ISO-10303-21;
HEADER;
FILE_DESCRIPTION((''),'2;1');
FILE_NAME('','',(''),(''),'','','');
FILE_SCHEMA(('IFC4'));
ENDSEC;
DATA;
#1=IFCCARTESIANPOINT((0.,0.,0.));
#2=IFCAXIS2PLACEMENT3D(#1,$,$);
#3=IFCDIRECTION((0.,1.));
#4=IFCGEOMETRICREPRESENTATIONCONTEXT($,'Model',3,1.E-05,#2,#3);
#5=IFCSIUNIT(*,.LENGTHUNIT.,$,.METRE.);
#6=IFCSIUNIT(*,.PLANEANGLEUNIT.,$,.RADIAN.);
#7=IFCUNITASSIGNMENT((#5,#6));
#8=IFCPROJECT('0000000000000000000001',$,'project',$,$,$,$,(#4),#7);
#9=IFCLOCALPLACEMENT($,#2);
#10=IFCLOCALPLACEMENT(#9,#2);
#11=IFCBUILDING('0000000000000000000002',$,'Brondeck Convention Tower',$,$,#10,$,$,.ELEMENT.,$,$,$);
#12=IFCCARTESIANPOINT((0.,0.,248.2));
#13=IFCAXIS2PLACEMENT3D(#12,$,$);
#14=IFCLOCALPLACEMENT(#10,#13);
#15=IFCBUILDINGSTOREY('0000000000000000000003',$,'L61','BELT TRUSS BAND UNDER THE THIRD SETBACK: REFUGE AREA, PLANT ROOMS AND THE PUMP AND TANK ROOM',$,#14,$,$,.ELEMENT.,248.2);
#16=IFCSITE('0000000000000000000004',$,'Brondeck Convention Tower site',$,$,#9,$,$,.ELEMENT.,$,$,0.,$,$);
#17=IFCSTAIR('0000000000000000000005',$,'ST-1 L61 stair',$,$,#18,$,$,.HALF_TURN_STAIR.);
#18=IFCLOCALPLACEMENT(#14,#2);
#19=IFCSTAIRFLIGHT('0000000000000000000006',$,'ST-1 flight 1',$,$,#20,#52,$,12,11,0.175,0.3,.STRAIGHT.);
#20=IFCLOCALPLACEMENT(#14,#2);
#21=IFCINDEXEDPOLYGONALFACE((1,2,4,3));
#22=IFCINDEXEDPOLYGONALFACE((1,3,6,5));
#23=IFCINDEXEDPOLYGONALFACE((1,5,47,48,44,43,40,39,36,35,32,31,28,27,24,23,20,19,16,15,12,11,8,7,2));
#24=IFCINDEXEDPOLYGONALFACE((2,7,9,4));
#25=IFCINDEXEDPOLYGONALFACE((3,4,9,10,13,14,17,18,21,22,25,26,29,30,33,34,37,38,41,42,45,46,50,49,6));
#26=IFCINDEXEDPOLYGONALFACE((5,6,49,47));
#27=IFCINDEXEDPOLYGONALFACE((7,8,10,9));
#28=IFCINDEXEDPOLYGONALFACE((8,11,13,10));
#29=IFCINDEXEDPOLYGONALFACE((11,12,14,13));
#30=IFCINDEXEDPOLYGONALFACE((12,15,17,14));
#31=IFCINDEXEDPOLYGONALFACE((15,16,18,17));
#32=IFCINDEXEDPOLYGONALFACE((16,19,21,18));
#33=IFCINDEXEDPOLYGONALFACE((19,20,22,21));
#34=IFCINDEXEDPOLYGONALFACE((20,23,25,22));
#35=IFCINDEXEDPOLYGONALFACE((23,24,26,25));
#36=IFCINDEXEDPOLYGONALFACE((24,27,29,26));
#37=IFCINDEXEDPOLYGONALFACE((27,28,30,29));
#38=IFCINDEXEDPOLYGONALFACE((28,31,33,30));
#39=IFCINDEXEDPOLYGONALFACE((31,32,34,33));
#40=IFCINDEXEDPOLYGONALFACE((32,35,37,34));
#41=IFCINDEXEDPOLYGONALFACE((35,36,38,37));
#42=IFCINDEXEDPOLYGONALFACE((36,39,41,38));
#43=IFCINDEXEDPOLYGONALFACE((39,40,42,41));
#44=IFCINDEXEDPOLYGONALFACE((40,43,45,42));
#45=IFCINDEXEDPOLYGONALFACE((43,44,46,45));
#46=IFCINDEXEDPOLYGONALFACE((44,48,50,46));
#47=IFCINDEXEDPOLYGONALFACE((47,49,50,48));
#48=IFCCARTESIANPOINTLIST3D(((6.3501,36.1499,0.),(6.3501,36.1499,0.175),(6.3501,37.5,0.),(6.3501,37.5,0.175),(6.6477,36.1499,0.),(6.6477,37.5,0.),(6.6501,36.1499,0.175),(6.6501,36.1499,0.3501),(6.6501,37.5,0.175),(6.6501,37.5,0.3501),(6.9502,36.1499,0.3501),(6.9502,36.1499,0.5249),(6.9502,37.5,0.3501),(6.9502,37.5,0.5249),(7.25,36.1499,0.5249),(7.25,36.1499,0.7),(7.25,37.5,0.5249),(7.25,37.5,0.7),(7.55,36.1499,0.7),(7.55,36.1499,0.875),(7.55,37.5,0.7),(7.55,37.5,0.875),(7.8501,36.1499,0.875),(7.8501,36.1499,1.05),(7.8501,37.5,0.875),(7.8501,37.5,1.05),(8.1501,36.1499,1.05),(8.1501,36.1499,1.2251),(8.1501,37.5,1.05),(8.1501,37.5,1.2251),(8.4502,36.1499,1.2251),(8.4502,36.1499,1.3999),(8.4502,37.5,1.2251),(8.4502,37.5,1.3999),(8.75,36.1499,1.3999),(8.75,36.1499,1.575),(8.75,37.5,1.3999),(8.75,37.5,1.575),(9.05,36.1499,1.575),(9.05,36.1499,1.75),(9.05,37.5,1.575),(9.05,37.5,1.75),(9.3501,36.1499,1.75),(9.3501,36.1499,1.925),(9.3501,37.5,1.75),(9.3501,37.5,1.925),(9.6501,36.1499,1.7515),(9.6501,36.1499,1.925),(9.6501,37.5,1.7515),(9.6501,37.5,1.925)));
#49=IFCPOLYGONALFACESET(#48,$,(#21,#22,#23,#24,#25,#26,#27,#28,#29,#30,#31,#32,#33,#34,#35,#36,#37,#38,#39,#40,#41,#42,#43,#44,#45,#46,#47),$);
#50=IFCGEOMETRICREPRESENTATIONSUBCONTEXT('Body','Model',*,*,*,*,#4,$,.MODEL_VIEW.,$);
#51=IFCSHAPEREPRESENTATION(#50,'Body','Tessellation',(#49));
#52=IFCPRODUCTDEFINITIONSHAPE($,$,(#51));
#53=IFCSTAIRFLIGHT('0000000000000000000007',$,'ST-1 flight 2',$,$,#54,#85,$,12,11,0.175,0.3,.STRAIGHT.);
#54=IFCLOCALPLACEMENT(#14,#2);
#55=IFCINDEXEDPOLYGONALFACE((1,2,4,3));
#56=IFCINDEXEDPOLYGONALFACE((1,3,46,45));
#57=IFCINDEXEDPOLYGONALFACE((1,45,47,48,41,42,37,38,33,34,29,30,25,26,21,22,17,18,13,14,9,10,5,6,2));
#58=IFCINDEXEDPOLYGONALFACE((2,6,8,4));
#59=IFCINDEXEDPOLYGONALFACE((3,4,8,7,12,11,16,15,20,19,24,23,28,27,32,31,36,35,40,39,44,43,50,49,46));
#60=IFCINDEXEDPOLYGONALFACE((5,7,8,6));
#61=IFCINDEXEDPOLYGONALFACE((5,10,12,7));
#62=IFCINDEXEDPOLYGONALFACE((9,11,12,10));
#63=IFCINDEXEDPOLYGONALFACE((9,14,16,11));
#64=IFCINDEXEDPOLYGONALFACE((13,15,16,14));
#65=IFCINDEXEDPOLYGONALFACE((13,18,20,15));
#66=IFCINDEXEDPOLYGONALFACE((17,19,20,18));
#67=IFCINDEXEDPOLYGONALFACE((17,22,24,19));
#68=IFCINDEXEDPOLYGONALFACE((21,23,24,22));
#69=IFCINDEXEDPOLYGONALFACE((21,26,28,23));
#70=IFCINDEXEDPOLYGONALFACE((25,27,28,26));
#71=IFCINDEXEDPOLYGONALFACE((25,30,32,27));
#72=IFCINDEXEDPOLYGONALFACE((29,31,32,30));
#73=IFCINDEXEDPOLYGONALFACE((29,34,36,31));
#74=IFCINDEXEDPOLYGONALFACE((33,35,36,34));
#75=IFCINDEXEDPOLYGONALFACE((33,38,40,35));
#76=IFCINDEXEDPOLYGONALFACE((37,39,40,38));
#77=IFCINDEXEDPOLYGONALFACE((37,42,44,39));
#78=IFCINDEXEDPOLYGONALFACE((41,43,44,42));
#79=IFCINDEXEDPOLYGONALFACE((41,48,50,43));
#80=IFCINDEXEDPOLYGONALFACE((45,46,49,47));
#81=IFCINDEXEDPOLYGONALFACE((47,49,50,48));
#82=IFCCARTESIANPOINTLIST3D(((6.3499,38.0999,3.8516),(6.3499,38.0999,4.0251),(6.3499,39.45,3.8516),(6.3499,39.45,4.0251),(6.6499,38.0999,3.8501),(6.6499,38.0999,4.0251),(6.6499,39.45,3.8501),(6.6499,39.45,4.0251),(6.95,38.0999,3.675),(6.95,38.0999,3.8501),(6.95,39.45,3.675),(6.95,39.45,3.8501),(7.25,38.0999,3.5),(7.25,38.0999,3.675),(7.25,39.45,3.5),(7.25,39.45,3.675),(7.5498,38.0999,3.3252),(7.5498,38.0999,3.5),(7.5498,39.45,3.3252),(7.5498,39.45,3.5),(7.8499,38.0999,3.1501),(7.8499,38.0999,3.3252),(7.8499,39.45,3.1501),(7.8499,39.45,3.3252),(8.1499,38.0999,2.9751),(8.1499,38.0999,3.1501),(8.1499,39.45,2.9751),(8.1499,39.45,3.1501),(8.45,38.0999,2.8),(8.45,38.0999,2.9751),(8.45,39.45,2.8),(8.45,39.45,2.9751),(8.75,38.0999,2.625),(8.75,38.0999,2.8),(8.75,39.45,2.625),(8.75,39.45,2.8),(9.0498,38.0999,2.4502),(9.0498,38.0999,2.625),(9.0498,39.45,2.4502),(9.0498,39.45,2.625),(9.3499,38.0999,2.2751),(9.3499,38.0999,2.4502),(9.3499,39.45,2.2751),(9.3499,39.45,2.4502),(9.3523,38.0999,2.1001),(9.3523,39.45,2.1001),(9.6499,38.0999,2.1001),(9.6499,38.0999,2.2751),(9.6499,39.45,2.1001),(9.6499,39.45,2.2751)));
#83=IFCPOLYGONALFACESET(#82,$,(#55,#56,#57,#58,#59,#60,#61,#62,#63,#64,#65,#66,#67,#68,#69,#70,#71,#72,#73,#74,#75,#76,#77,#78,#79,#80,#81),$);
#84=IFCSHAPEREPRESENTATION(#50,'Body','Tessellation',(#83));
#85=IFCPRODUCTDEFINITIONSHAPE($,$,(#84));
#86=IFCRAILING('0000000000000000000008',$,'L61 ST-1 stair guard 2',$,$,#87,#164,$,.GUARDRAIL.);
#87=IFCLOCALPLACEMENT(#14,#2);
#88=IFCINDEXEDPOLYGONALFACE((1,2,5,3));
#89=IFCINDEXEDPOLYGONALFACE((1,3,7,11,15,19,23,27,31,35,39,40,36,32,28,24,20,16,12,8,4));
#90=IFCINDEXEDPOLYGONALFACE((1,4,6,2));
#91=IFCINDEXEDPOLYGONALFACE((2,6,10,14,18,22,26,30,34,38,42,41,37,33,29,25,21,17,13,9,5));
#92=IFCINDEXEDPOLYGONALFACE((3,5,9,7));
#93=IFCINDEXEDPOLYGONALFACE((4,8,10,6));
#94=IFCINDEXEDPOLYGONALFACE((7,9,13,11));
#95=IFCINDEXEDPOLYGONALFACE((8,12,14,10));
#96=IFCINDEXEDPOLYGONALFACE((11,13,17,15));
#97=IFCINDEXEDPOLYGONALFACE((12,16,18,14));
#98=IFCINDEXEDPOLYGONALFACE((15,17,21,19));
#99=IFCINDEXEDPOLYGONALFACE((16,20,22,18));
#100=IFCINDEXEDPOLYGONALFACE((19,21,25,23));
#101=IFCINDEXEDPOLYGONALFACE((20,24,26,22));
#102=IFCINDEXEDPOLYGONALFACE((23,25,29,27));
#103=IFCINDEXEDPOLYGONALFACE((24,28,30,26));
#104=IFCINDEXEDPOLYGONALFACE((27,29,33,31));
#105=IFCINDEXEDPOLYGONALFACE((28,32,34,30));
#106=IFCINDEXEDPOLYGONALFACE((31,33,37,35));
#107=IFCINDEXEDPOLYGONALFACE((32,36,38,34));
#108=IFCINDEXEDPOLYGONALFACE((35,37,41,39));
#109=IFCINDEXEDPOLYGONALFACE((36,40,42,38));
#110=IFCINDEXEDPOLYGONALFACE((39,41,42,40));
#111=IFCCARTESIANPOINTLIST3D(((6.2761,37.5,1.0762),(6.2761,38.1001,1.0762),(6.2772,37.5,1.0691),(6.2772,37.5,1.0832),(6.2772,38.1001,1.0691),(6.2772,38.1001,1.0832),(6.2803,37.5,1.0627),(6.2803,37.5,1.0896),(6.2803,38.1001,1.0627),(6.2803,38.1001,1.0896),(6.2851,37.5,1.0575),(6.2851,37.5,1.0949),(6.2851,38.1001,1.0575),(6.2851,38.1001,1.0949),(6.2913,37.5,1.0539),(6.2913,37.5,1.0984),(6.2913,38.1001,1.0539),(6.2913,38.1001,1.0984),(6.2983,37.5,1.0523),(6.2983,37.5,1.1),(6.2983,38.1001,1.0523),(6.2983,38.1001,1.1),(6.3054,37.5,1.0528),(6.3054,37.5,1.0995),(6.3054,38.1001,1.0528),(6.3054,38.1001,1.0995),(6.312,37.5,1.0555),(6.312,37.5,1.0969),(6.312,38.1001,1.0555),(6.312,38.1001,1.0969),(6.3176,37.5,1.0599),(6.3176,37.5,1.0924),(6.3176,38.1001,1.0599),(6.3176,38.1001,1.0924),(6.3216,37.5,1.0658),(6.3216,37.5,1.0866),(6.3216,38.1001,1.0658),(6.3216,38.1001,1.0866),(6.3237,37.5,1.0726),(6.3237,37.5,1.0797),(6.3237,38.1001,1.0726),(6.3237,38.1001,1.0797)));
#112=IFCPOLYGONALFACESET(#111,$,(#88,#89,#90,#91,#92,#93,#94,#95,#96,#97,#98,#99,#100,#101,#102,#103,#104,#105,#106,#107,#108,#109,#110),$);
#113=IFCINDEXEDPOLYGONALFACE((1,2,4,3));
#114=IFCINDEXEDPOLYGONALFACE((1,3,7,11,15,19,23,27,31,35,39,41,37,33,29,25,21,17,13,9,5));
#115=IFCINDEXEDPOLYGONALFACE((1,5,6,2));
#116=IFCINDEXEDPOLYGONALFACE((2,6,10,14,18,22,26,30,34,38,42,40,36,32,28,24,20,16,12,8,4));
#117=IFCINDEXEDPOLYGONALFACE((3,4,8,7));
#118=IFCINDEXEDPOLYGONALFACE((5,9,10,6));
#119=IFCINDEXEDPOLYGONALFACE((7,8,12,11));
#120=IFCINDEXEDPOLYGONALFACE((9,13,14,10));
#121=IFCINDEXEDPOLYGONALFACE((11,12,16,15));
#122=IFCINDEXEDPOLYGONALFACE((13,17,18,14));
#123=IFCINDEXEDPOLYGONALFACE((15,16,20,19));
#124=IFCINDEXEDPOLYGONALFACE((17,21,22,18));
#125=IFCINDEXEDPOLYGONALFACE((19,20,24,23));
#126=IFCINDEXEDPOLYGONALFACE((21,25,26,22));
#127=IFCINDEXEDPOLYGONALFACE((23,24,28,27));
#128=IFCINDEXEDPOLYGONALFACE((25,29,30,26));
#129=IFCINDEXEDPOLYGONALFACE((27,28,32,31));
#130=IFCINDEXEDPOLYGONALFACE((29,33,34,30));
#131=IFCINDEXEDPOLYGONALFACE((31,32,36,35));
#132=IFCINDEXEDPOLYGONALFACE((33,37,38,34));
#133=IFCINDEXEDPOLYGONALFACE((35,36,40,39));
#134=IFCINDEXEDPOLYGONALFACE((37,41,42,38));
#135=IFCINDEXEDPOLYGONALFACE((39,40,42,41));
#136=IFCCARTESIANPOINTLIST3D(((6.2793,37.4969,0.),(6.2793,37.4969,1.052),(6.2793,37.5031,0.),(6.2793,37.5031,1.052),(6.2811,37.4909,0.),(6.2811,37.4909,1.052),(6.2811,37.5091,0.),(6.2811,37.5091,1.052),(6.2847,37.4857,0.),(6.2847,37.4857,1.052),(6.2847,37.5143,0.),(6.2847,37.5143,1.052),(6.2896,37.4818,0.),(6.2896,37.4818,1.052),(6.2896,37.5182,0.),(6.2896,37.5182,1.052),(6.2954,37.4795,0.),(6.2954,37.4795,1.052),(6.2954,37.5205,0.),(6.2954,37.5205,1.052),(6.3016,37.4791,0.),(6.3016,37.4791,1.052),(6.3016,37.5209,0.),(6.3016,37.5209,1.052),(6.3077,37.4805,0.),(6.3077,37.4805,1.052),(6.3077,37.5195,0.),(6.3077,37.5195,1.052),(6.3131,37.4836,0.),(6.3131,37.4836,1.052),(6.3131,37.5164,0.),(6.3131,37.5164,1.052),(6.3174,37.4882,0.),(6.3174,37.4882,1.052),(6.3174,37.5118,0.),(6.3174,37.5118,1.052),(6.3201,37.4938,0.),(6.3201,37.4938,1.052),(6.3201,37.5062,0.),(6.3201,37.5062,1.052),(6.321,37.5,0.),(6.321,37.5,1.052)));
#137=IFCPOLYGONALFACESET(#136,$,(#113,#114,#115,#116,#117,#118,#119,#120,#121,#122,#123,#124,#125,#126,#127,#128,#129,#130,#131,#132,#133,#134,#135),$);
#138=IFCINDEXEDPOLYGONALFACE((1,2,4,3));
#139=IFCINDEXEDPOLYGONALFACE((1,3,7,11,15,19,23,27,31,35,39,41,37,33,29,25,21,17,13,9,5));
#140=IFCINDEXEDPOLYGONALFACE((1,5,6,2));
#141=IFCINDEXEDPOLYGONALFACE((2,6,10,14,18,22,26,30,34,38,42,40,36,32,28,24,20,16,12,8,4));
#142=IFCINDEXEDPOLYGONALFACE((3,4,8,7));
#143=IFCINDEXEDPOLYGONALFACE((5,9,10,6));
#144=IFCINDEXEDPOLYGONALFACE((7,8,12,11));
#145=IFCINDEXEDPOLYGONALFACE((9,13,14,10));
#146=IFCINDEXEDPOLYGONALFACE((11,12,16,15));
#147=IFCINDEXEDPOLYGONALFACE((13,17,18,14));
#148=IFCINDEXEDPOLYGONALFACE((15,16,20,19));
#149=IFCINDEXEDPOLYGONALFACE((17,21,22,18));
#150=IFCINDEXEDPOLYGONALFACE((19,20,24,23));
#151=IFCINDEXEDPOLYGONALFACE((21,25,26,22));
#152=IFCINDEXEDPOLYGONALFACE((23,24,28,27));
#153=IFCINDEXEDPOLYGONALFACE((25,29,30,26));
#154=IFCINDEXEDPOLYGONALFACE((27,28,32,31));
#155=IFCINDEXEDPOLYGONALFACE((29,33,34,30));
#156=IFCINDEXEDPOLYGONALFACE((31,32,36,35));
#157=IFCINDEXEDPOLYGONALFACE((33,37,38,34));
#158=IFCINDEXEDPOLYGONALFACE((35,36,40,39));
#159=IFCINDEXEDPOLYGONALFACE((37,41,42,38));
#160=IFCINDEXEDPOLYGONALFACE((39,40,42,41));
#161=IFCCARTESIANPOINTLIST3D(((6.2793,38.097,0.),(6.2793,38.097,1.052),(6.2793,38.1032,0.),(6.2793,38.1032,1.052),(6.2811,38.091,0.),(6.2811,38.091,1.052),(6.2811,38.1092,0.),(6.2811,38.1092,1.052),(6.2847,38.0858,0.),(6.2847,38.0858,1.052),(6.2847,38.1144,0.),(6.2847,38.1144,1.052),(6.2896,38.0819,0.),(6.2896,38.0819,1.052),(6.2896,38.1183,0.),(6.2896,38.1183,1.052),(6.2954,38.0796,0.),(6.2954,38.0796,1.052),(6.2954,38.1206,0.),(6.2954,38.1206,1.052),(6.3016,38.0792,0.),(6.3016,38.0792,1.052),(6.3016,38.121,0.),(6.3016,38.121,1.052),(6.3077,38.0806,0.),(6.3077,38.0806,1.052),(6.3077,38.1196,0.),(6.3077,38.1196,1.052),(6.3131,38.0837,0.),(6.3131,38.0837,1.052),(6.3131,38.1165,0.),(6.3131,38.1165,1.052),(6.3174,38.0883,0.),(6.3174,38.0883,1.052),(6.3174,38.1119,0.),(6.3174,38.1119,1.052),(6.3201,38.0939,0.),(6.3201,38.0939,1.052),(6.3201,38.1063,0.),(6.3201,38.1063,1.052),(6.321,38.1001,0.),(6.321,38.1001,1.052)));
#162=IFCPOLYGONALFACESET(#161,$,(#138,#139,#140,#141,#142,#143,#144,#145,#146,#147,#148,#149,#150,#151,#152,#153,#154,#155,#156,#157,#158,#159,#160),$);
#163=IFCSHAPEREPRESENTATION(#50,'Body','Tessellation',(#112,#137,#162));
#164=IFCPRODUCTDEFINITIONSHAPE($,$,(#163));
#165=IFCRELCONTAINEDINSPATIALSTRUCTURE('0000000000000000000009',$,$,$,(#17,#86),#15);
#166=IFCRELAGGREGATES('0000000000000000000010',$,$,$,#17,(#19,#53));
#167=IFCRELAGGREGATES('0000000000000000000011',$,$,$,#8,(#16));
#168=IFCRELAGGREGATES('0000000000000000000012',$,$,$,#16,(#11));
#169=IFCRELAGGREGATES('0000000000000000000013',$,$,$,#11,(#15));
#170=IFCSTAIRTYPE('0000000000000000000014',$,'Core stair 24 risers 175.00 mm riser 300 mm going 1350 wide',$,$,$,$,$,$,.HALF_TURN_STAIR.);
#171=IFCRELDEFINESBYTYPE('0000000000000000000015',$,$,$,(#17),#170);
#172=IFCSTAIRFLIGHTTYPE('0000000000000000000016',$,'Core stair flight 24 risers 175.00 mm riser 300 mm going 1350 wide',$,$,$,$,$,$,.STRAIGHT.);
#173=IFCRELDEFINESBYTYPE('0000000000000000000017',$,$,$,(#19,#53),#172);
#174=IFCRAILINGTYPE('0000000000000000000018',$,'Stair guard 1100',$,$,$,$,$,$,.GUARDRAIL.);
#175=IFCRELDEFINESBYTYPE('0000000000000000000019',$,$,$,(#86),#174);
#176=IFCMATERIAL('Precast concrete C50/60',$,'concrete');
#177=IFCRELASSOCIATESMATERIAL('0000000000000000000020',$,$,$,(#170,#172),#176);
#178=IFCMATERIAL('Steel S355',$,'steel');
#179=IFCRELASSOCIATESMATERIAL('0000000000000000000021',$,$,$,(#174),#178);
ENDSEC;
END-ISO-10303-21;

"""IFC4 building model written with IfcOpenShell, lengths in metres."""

from ifc_helpers import new_model, si_unit, direction, frame, origin, origin_2d, place, context, subcontext, project, spatial, polyline, circle, outline, extrude, material, type_object, element, aggregate, save


model = new_model("IFC4")

# Units and contexts
model_context = context("Model", 3, precision=1e-05, world=origin(), true_north=direction((0.0, 1.0)))
body_context = subcontext(model_context, "Body", "Model", "MODEL_VIEW")
ifc_project = project(units=[si_unit("LENGTHUNIT", "METRE"), si_unit("PLANEANGLEUNIT", "RADIAN")], contexts=[model_context])

# Site, building, storey
site_placement = place(None, origin())
site = spatial("IfcSite", under=ifc_project, at=site_placement, Name="Brondeck Convention Tower site", CompositionType="ELEMENT", RefElevation=0.0)
building_placement = place(site_placement, origin())
building = spatial("IfcBuilding", under=site, at=building_placement, Name="Brondeck Convention Tower", CompositionType="ELEMENT")
storey_placement = place(building_placement, frame((0.0, 0.0, 248.2)))
storey = spatial("IfcBuildingStorey", under=building, at=storey_placement, Name="L61", Description="BELT TRUSS BAND UNDER THE THIRD SETBACK: REFUGE AREA, PLANT ROOMS AND THE PUMP AND TANK ROOM", CompositionType="ELEMENT", Elevation=248.2)

# Stair, stair flights
ifc_material_1 = material(Name="Precast concrete C50/60", Category="concrete")
stair_type = type_object("IfcStairType", Name="Core stair 24 risers 175.00 mm riser 300 mm going 1350 wide", PredefinedType="HALF_TURN_STAIR", material=ifc_material_1)
stair_placement = place(storey_placement, origin())
stair = element("IfcStair", 1, at=stair_placement, inside=storey, type_object=stair_type, Name="ST-1 L61 stair", PredefinedType="HALF_TURN_STAIR")
stair_flight_type = type_object("IfcStairFlightType", Name="Core stair flight 24 risers 175.00 mm riser 300 mm going 1350 wide", PredefinedType="STRAIGHT", material=ifc_material_1)
stair_flight_1_placement = place(storey_placement, frame((6.3501, 36.825, 0.0), z_axis=(0.0, 0.0, 1.0), x_axis=(1.0, 0.0, 0.0)))
stair_flight_1 = element("IfcStairFlight", 2, at=stair_flight_1_placement, type_object=stair_flight_type, Name="ST-1 flight 1", NumberOfRisers=12, NumberOfTreads=11, PredefinedType="STRAIGHT", RiserHeight=0.175, TreadLength=0.3, context=body_context, shape_type="SweptSolid", body=[
    extrude(outline(polyline([(0.0, 0.0), (0.0, 0.175), (0.3, 0.175), (0.3, 0.3501), (0.6001, 0.3501), (0.6001, 0.5249), (0.8999, 0.5249), (0.8999, 0.7), (1.2, 0.7), (1.2, 0.875), (1.5, 0.875), (1.5, 1.05), (1.8, 1.05), (1.8, 1.2251), (2.1001, 1.2251), (2.1001, 1.3999), (2.3999, 1.3999), (2.3999, 1.575), (2.7, 1.575), (2.7, 1.75), (3.0, 1.75), (3.0, 1.925), (3.3, 1.925), (3.3, 2.1001), (3.3, 1.7515), (0.2976, 0.0), (0.0, 0.0)])), frame((0.0, 0.675, 0.0), z_axis=(0.0, -1.0, 0.0), x_axis=(1.0, 0.0, 0.0)), (0.0, 0.0, 1.0), 1.3501),
])
stair_flight_2_placement = place(storey_placement, frame((9.6499, 38.7749, 2.1001), z_axis=(0.0, 0.0, 1.0), x_axis=(-1.0, 0.0, 0.0)))
stair_flight_2 = element("IfcStairFlight", 3, at=stair_flight_2_placement, type_object=stair_flight_type, Name="ST-1 flight 2", NumberOfRisers=12, NumberOfTreads=11, PredefinedType="STRAIGHT", RiserHeight=0.175, TreadLength=0.3, context=body_context, shape_type="SweptSolid", body=[
    extrude(outline(polyline([(0.0, 0.0), (0.0, 0.175), (0.3, 0.175), (0.3, 0.3501), (0.6001, 0.3501), (0.6001, 0.5249), (0.8999, 0.5249), (0.8999, 0.7), (1.2, 0.7), (1.2, 0.875), (1.5, 0.875), (1.5, 1.05), (1.8, 1.05), (1.8, 1.2251), (2.1001, 1.2251), (2.1001, 1.3999), (2.3999, 1.3999), (2.3999, 1.575), (2.7, 1.575), (2.7, 1.75), (3.0, 1.75), (3.0, 1.925), (3.3, 1.925), (3.3, 2.1001), (3.3, 1.7515), (0.2976, 0.0), (0.0, 0.0)])), frame((0.0, 0.675, 0.0), z_axis=(0.0, -1.0, 0.0), x_axis=(1.0, 0.0, 0.0)), (0.0, 0.0, 1.0), 1.3501),
])
aggregate(stair, [stair_flight_1, stair_flight_2])

# Railing
ifc_material_2 = material(Name="Steel S355", Category="steel")
railing_type_1 = type_object("IfcRailingType", Name="Stair guard 1100", PredefinedType="GUARDRAIL", material=ifc_material_2)
railing_1_placement = place(storey_placement, frame((6.3, 37.5, 0.0)))
element("IfcRailing", 4, at=railing_1_placement, inside=storey, type_object=railing_type_1, Name="L61 ST-1 stair guard 2", PredefinedType="GUARDRAIL", context=body_context, shape_type="SweptSolid", body=[
    extrude(circle(Radius=0.0239, at=origin_2d()), frame((0.0, 0.0, 1.0762), z_axis=(0.0, 1.0, 0.0), x_axis=(-1.0, 0.0, 0.0)), (0.0, 0.0, 1.0), 0.6001),
    extrude(circle(Radius=0.021, at=origin_2d()), origin(), (0.0, 0.0, 1.0), 1.052),
    extrude(circle(Radius=0.021, at=origin_2d()), frame((0.0, 0.6001, 0.0)), (0.0, 0.0, 1.0), 1.052),
])

save(model, "model.ifc")
